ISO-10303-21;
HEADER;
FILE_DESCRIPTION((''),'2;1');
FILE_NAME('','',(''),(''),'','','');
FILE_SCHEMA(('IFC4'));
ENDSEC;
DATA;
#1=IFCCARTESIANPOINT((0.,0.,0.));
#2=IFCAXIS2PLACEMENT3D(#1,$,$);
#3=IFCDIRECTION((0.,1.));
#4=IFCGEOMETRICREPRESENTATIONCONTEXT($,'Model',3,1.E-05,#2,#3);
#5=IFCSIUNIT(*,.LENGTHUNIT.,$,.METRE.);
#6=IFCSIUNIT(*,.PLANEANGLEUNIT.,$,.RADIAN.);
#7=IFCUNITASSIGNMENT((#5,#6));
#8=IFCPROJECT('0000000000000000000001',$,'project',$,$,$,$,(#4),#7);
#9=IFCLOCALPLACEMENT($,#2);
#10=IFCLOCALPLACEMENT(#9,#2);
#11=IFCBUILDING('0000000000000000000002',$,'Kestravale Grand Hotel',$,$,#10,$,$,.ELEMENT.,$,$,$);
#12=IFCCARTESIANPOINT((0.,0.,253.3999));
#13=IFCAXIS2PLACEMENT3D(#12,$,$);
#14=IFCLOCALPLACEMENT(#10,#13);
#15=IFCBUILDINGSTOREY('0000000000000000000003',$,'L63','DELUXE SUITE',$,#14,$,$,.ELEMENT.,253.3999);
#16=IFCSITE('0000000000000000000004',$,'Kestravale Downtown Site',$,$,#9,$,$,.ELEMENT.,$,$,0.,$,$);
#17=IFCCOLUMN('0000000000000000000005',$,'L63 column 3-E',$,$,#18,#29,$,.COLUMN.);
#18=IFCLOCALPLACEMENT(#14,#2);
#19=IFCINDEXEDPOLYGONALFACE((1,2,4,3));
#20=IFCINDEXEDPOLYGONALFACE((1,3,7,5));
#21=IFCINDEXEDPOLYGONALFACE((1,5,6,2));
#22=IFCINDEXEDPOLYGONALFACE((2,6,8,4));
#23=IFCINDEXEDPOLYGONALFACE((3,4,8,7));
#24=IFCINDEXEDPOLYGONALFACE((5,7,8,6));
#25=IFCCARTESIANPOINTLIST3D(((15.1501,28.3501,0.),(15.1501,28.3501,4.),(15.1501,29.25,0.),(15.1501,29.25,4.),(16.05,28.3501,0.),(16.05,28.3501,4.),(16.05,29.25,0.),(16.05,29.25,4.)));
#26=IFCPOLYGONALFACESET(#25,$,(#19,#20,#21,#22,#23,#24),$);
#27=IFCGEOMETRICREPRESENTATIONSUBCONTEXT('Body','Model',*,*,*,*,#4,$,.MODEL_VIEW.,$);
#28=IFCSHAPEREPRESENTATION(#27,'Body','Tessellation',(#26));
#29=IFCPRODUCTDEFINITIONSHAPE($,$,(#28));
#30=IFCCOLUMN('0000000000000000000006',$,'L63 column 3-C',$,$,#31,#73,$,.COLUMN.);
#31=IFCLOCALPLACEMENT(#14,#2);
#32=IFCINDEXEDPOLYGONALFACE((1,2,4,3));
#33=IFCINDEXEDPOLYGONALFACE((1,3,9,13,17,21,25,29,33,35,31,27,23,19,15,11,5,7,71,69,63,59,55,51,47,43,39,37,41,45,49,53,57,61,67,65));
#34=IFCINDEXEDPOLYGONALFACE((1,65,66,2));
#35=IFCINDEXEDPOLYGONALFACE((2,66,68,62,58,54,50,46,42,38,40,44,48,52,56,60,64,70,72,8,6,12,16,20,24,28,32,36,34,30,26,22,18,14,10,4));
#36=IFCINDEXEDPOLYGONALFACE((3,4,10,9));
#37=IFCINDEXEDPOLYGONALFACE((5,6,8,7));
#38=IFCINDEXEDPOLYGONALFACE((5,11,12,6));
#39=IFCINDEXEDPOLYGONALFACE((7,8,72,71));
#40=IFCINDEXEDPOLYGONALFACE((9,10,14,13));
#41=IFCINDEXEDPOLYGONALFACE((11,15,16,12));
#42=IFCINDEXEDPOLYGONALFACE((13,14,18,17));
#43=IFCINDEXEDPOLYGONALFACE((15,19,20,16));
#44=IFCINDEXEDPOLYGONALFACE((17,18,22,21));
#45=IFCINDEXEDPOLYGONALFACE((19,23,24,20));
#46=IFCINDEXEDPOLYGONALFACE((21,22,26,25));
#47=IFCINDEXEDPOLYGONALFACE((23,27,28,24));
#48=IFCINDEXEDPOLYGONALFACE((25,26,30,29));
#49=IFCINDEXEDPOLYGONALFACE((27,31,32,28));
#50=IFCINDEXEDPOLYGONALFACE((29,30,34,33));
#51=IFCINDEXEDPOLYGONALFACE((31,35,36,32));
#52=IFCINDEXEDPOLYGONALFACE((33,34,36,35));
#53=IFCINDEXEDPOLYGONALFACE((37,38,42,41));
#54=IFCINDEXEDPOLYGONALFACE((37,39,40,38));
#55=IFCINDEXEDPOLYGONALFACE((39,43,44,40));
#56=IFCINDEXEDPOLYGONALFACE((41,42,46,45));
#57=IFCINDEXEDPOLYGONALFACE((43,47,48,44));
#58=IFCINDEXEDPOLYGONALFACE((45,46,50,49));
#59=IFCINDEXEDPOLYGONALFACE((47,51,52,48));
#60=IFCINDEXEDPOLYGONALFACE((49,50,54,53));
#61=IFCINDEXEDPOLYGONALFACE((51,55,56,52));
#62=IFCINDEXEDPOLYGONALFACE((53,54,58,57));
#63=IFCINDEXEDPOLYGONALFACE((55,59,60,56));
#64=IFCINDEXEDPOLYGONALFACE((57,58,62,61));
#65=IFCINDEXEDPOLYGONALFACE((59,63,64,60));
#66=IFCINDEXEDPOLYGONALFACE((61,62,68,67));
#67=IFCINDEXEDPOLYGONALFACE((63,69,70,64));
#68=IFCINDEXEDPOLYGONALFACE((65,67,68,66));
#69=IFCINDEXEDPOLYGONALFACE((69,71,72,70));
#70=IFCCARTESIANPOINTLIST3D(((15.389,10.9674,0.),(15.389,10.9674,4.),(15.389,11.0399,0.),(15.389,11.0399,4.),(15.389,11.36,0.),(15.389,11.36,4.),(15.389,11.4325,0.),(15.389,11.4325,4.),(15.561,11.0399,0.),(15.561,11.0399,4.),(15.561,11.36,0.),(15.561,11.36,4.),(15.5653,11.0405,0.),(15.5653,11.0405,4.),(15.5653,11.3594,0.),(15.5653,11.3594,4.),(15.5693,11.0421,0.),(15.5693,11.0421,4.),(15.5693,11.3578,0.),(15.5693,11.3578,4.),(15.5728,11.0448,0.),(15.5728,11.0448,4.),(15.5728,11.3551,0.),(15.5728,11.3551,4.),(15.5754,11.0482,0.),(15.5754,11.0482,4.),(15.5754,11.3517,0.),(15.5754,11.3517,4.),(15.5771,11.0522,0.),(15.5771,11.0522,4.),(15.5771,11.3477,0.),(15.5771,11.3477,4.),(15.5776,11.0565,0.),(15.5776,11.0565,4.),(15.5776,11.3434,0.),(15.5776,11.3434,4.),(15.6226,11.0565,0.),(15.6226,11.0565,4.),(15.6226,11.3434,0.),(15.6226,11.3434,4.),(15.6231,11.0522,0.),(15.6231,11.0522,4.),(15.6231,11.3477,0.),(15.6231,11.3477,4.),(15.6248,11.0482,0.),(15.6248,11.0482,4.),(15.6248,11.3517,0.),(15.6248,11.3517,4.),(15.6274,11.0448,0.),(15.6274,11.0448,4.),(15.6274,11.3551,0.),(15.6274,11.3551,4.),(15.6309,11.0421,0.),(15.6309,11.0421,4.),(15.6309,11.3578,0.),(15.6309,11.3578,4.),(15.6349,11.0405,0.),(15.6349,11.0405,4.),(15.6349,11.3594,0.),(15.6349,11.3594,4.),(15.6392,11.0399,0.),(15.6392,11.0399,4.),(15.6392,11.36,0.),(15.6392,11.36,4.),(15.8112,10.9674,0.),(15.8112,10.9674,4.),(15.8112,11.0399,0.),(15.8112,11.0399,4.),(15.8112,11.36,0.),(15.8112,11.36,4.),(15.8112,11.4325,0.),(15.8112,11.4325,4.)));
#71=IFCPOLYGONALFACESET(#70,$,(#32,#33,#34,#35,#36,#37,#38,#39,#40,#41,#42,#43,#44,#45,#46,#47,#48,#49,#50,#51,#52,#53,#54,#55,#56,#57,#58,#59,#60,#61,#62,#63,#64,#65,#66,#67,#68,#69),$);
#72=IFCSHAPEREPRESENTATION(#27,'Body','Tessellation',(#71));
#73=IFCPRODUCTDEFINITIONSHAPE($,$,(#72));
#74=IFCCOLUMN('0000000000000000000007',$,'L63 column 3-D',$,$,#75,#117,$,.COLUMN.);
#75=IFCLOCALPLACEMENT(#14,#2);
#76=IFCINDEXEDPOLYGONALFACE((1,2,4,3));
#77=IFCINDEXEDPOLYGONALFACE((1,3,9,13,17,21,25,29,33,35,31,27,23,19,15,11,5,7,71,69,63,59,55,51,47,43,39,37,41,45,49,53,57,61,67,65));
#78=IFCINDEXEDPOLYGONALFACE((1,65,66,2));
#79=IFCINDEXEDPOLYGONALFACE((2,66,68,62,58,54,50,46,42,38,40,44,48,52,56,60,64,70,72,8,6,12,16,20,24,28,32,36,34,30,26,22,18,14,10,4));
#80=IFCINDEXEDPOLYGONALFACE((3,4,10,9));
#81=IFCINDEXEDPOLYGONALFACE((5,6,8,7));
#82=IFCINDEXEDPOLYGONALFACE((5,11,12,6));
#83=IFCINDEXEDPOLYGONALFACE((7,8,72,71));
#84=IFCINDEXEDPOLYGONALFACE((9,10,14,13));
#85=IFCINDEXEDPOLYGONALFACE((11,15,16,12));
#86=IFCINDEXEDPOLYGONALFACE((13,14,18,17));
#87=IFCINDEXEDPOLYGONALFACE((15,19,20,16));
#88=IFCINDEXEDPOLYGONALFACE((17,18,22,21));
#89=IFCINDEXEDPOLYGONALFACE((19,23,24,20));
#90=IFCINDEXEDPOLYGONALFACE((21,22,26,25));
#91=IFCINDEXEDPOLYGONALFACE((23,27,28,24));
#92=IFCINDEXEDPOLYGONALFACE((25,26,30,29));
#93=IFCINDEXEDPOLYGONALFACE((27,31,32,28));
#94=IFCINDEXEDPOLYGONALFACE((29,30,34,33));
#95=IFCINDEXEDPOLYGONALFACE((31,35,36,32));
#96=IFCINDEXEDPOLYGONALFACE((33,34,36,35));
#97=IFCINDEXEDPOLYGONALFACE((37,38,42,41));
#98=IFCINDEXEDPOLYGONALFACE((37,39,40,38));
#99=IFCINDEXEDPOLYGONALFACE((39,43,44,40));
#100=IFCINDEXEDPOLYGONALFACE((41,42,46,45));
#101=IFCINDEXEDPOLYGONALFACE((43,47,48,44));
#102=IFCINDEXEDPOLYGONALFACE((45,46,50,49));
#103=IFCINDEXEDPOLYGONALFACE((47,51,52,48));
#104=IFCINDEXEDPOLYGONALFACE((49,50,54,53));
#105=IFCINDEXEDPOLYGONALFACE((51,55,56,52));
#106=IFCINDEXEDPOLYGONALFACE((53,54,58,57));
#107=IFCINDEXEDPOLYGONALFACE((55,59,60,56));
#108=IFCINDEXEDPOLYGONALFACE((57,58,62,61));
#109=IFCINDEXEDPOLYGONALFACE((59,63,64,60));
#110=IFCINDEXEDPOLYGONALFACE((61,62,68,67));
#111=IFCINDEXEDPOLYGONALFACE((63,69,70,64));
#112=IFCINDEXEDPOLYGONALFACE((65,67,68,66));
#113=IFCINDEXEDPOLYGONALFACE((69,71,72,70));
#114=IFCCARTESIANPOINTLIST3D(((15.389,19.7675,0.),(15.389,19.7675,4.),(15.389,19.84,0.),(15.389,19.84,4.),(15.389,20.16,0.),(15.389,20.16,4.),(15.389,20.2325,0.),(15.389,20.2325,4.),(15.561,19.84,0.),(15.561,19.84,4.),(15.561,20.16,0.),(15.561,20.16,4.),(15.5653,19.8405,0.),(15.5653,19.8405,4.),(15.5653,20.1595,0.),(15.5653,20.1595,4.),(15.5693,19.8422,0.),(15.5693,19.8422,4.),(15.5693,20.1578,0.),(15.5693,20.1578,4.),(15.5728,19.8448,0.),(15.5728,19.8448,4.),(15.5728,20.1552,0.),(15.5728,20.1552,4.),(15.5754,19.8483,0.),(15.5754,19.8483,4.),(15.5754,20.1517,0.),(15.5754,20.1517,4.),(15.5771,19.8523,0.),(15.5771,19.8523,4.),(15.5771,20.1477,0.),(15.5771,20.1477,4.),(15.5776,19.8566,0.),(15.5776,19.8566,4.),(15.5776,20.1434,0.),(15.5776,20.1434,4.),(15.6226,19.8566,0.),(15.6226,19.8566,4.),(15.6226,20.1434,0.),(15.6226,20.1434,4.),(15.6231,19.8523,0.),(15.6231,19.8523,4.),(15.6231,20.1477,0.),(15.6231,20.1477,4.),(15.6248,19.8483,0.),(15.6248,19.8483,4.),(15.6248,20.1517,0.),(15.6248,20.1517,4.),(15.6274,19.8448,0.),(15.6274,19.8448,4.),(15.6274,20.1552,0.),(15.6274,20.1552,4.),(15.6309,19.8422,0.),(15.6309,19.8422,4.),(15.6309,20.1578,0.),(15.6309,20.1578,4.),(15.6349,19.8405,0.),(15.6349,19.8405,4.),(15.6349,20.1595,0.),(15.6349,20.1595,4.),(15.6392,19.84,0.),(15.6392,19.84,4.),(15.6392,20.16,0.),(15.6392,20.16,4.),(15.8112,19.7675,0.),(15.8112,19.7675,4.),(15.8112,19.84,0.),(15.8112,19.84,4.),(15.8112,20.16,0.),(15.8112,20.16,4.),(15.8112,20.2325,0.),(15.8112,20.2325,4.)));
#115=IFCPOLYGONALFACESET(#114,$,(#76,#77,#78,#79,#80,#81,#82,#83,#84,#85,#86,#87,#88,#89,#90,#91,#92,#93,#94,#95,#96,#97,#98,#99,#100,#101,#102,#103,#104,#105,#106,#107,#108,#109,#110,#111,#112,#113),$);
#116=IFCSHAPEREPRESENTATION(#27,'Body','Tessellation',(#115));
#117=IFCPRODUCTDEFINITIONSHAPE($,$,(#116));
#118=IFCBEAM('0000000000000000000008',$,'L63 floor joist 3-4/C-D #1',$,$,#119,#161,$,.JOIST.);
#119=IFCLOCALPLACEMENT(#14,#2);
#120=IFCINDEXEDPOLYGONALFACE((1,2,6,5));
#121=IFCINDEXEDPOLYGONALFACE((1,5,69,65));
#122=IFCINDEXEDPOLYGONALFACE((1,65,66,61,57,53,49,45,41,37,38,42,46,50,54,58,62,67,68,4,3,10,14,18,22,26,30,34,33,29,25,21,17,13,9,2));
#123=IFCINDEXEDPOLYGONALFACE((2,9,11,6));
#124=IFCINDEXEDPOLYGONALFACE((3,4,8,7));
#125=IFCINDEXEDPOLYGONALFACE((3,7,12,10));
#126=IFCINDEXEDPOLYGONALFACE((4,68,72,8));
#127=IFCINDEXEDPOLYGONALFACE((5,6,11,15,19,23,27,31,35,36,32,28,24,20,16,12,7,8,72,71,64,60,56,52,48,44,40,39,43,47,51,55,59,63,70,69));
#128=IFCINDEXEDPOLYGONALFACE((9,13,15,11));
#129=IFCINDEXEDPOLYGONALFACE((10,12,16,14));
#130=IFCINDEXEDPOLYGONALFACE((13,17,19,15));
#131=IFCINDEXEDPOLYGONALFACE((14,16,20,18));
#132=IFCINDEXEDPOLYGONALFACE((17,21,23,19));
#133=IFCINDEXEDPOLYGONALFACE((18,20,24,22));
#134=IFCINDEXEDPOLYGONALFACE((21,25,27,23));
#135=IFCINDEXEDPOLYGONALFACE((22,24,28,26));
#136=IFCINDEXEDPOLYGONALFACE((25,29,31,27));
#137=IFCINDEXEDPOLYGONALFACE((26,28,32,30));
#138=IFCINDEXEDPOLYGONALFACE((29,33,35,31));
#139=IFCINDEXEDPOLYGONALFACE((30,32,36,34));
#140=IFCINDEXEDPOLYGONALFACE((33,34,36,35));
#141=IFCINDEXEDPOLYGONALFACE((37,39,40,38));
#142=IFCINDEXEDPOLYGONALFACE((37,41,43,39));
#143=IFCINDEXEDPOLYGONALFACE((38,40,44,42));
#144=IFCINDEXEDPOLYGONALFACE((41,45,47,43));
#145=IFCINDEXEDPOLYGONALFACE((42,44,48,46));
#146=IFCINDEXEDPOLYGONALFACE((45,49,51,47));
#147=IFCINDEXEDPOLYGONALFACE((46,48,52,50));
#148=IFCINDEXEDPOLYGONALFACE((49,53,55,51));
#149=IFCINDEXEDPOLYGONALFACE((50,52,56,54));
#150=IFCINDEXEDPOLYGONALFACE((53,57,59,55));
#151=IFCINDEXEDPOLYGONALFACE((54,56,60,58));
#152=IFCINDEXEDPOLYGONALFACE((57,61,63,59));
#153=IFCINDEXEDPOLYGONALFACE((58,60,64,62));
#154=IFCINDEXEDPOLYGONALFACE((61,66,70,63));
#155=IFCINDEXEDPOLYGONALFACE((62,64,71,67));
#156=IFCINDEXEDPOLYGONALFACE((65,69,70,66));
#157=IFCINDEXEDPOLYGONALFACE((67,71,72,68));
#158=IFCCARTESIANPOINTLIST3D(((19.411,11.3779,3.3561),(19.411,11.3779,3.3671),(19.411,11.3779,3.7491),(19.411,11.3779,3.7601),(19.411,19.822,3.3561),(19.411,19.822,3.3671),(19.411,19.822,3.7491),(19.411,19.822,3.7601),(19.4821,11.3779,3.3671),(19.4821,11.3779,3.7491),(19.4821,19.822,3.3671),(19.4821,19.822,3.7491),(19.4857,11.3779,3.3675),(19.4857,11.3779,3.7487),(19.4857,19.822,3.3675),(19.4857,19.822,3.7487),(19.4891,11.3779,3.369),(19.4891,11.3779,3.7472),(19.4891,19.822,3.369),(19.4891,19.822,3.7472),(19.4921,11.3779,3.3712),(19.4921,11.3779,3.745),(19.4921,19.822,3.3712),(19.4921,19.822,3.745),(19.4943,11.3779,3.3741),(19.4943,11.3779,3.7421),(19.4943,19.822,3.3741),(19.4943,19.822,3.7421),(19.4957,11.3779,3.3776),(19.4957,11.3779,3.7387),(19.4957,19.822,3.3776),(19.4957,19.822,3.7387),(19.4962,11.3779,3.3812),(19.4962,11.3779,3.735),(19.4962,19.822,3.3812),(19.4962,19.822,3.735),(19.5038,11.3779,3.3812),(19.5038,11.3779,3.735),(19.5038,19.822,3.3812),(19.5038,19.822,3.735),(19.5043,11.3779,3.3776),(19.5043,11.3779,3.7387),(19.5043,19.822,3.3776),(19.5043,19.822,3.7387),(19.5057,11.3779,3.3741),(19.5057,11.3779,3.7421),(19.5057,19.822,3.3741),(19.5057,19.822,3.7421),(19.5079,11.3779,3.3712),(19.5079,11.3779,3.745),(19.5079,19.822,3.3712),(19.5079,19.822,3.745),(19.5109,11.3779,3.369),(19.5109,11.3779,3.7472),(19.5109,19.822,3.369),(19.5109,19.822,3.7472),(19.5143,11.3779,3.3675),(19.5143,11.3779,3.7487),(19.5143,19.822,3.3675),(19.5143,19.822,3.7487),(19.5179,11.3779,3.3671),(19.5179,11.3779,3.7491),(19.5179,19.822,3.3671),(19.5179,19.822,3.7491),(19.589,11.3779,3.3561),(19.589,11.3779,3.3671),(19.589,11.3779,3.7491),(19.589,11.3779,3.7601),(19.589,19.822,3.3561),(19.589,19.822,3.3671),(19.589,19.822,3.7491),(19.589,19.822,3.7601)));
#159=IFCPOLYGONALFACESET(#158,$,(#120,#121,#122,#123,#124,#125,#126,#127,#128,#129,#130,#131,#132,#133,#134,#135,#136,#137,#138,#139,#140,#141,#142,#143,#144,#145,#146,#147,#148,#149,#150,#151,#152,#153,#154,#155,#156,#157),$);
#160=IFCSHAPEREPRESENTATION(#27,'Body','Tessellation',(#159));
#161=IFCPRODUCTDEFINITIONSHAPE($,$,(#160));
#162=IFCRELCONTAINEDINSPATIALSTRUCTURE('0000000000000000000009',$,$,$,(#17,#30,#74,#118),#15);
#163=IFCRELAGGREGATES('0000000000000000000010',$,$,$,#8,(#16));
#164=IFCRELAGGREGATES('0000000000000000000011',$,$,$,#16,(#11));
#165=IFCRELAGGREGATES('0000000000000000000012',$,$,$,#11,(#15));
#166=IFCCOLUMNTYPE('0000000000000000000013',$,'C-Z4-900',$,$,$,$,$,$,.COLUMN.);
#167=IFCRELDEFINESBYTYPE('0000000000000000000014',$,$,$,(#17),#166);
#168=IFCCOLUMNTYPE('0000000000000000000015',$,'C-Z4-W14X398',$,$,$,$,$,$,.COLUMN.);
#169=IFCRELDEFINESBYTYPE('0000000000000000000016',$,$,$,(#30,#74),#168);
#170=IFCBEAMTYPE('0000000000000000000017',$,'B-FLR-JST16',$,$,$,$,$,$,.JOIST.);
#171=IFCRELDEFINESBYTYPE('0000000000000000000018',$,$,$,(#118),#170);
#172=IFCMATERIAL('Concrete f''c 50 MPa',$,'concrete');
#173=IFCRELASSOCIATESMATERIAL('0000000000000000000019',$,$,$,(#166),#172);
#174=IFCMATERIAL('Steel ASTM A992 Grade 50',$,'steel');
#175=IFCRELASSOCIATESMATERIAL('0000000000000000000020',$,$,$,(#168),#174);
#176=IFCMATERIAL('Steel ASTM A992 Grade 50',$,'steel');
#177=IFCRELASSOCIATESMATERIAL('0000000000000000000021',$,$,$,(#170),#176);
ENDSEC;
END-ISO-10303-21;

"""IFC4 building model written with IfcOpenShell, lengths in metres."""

from ifc_helpers import new_model, si_unit, direction, frame, origin, origin_2d, place, context, subcontext, project, spatial, rectangle, i_section, extrude, material, material_profile, profile_set, type_object, element, save


model = new_model("IFC4")

# Units and contexts
model_context = context("Model", 3, precision=1e-05, world=origin(), true_north=direction((0.0, 1.0)))
body_context = subcontext(model_context, "Body", "Model", "MODEL_VIEW")
ifc_project = project(units=[si_unit("LENGTHUNIT", "METRE"), si_unit("PLANEANGLEUNIT", "RADIAN")], contexts=[model_context])

# Site, building, storey
site_placement = place(None, origin())
site = spatial("IfcSite", under=ifc_project, at=site_placement, Name="Kestravale Downtown Site", CompositionType="ELEMENT", RefElevation=0.0)
building_placement = place(site_placement, origin())
building = spatial("IfcBuilding", under=site, at=building_placement, Name="Kestravale Grand Hotel", CompositionType="ELEMENT")
storey_placement = place(building_placement, frame((0.0, 0.0, 253.3999)))
storey = spatial("IfcBuildingStorey", under=building, at=storey_placement, Name="L63", Description="DELUXE SUITE", CompositionType="ELEMENT", Elevation=253.3999)

# Columns
ifc_material_1 = material(Name="Concrete f'c 50 MPa", Category="concrete")
ifc_material_profile_1 = material_profile(ifc_material_1, rectangle(XDim=0.8999, YDim=0.8999, at=origin_2d()))
ifc_profile_set_1 = profile_set([ifc_material_profile_1], Name="Concrete f'c 50 MPa")
column_type_1 = type_object("IfcColumnType", Name="C-Z4-900", PredefinedType="COLUMN", material=ifc_profile_set_1)
column_placement = place(storey_placement, frame((15.6001, 28.8, 0.0), z_axis=(0.0, 0.0, 1.0), x_axis=(1.0, 0.0, 0.0)))
element("IfcColumn", 1, at=column_placement, inside=storey, type_object=column_type_1, Name="L63 column 3-E", PredefinedType="COLUMN", context=body_context, shape_type="SweptSolid", body=[
    extrude(rectangle(XDim=0.8999, YDim=0.8999, at=origin_2d()), origin(), (0.0, 0.0, 1.0), 4.0),
])
ifc_material_2 = material(Name="Steel ASTM A992 Grade 50", Category="steel")
ifc_material_profile_2 = material_profile(ifc_material_2, i_section(OverallWidth=0.4221, OverallDepth=0.4651, WebThickness=0.0449, FlangeThickness=0.0725, FilletRadius=0.0166, at=origin_2d()))
ifc_profile_set_2 = profile_set([ifc_material_profile_2], Name="Steel ASTM A992 Grade 50")
column_type_2 = type_object("IfcColumnType", Name="C-Z4-W14X398", PredefinedType="COLUMN", material=ifc_profile_set_2)
for number, where, z_axis, x_axis, name in (
    (2, (15.6001, 11.2, 0.0), (0.0, 0.0, 1.0), (1.0, 0.0, 0.0), "L63 column 3-C"),
    (3, (15.6001, 20.0, 0.0), (0.0, 0.0, 1.0), (1.0, 0.0, 0.0), "L63 column 3-D"),
):
    element("IfcColumn", number, at=place(storey_placement, frame(where, z_axis=z_axis, x_axis=x_axis)), inside=storey, type_object=column_type_2, Name=name, PredefinedType="COLUMN", context=body_context, shape_type="SweptSolid", body=[
        extrude(i_section(OverallWidth=0.4221, OverallDepth=0.4651, WebThickness=0.0449, FlangeThickness=0.0725, FilletRadius=0.0166, at=origin_2d()), origin(), (0.0, 0.0, 1.0), 4.0),
    ])

# Beam
ifc_material_3 = material(Name="Steel ASTM A992 Grade 50", Category="steel")
ifc_material_profile_3 = material_profile(ifc_material_3, i_section(OverallWidth=0.178, OverallDepth=0.4041, WebThickness=0.0076, FlangeThickness=0.011, FilletRadius=0.0142, at=origin_2d()))
ifc_profile_set_3 = profile_set([ifc_material_profile_3], Name="Steel ASTM A992 Grade 50")
beam_type_1 = type_object("IfcBeamType", Name="B-FLR-JST16", PredefinedType="JOIST", material=ifc_profile_set_3)
beam_1_placement = place(storey_placement, frame((19.5, 11.3779, 3.5581), z_axis=(0.0, 1.0, 0.0), x_axis=(-1.0, 0.0, 0.0)))
element("IfcBeam", 4, at=beam_1_placement, inside=storey, type_object=beam_type_1, Name="L63 floor joist 3-4/C-D #1", PredefinedType="JOIST", context=body_context, shape_type="SweptSolid", body=[
    extrude(i_section(OverallWidth=0.178, OverallDepth=0.4041, WebThickness=0.0076, FlangeThickness=0.011, FilletRadius=0.0142, at=origin_2d()), origin(), (0.0, 0.0, 1.0), 8.4441),
])

save(model, "model.ifc")
